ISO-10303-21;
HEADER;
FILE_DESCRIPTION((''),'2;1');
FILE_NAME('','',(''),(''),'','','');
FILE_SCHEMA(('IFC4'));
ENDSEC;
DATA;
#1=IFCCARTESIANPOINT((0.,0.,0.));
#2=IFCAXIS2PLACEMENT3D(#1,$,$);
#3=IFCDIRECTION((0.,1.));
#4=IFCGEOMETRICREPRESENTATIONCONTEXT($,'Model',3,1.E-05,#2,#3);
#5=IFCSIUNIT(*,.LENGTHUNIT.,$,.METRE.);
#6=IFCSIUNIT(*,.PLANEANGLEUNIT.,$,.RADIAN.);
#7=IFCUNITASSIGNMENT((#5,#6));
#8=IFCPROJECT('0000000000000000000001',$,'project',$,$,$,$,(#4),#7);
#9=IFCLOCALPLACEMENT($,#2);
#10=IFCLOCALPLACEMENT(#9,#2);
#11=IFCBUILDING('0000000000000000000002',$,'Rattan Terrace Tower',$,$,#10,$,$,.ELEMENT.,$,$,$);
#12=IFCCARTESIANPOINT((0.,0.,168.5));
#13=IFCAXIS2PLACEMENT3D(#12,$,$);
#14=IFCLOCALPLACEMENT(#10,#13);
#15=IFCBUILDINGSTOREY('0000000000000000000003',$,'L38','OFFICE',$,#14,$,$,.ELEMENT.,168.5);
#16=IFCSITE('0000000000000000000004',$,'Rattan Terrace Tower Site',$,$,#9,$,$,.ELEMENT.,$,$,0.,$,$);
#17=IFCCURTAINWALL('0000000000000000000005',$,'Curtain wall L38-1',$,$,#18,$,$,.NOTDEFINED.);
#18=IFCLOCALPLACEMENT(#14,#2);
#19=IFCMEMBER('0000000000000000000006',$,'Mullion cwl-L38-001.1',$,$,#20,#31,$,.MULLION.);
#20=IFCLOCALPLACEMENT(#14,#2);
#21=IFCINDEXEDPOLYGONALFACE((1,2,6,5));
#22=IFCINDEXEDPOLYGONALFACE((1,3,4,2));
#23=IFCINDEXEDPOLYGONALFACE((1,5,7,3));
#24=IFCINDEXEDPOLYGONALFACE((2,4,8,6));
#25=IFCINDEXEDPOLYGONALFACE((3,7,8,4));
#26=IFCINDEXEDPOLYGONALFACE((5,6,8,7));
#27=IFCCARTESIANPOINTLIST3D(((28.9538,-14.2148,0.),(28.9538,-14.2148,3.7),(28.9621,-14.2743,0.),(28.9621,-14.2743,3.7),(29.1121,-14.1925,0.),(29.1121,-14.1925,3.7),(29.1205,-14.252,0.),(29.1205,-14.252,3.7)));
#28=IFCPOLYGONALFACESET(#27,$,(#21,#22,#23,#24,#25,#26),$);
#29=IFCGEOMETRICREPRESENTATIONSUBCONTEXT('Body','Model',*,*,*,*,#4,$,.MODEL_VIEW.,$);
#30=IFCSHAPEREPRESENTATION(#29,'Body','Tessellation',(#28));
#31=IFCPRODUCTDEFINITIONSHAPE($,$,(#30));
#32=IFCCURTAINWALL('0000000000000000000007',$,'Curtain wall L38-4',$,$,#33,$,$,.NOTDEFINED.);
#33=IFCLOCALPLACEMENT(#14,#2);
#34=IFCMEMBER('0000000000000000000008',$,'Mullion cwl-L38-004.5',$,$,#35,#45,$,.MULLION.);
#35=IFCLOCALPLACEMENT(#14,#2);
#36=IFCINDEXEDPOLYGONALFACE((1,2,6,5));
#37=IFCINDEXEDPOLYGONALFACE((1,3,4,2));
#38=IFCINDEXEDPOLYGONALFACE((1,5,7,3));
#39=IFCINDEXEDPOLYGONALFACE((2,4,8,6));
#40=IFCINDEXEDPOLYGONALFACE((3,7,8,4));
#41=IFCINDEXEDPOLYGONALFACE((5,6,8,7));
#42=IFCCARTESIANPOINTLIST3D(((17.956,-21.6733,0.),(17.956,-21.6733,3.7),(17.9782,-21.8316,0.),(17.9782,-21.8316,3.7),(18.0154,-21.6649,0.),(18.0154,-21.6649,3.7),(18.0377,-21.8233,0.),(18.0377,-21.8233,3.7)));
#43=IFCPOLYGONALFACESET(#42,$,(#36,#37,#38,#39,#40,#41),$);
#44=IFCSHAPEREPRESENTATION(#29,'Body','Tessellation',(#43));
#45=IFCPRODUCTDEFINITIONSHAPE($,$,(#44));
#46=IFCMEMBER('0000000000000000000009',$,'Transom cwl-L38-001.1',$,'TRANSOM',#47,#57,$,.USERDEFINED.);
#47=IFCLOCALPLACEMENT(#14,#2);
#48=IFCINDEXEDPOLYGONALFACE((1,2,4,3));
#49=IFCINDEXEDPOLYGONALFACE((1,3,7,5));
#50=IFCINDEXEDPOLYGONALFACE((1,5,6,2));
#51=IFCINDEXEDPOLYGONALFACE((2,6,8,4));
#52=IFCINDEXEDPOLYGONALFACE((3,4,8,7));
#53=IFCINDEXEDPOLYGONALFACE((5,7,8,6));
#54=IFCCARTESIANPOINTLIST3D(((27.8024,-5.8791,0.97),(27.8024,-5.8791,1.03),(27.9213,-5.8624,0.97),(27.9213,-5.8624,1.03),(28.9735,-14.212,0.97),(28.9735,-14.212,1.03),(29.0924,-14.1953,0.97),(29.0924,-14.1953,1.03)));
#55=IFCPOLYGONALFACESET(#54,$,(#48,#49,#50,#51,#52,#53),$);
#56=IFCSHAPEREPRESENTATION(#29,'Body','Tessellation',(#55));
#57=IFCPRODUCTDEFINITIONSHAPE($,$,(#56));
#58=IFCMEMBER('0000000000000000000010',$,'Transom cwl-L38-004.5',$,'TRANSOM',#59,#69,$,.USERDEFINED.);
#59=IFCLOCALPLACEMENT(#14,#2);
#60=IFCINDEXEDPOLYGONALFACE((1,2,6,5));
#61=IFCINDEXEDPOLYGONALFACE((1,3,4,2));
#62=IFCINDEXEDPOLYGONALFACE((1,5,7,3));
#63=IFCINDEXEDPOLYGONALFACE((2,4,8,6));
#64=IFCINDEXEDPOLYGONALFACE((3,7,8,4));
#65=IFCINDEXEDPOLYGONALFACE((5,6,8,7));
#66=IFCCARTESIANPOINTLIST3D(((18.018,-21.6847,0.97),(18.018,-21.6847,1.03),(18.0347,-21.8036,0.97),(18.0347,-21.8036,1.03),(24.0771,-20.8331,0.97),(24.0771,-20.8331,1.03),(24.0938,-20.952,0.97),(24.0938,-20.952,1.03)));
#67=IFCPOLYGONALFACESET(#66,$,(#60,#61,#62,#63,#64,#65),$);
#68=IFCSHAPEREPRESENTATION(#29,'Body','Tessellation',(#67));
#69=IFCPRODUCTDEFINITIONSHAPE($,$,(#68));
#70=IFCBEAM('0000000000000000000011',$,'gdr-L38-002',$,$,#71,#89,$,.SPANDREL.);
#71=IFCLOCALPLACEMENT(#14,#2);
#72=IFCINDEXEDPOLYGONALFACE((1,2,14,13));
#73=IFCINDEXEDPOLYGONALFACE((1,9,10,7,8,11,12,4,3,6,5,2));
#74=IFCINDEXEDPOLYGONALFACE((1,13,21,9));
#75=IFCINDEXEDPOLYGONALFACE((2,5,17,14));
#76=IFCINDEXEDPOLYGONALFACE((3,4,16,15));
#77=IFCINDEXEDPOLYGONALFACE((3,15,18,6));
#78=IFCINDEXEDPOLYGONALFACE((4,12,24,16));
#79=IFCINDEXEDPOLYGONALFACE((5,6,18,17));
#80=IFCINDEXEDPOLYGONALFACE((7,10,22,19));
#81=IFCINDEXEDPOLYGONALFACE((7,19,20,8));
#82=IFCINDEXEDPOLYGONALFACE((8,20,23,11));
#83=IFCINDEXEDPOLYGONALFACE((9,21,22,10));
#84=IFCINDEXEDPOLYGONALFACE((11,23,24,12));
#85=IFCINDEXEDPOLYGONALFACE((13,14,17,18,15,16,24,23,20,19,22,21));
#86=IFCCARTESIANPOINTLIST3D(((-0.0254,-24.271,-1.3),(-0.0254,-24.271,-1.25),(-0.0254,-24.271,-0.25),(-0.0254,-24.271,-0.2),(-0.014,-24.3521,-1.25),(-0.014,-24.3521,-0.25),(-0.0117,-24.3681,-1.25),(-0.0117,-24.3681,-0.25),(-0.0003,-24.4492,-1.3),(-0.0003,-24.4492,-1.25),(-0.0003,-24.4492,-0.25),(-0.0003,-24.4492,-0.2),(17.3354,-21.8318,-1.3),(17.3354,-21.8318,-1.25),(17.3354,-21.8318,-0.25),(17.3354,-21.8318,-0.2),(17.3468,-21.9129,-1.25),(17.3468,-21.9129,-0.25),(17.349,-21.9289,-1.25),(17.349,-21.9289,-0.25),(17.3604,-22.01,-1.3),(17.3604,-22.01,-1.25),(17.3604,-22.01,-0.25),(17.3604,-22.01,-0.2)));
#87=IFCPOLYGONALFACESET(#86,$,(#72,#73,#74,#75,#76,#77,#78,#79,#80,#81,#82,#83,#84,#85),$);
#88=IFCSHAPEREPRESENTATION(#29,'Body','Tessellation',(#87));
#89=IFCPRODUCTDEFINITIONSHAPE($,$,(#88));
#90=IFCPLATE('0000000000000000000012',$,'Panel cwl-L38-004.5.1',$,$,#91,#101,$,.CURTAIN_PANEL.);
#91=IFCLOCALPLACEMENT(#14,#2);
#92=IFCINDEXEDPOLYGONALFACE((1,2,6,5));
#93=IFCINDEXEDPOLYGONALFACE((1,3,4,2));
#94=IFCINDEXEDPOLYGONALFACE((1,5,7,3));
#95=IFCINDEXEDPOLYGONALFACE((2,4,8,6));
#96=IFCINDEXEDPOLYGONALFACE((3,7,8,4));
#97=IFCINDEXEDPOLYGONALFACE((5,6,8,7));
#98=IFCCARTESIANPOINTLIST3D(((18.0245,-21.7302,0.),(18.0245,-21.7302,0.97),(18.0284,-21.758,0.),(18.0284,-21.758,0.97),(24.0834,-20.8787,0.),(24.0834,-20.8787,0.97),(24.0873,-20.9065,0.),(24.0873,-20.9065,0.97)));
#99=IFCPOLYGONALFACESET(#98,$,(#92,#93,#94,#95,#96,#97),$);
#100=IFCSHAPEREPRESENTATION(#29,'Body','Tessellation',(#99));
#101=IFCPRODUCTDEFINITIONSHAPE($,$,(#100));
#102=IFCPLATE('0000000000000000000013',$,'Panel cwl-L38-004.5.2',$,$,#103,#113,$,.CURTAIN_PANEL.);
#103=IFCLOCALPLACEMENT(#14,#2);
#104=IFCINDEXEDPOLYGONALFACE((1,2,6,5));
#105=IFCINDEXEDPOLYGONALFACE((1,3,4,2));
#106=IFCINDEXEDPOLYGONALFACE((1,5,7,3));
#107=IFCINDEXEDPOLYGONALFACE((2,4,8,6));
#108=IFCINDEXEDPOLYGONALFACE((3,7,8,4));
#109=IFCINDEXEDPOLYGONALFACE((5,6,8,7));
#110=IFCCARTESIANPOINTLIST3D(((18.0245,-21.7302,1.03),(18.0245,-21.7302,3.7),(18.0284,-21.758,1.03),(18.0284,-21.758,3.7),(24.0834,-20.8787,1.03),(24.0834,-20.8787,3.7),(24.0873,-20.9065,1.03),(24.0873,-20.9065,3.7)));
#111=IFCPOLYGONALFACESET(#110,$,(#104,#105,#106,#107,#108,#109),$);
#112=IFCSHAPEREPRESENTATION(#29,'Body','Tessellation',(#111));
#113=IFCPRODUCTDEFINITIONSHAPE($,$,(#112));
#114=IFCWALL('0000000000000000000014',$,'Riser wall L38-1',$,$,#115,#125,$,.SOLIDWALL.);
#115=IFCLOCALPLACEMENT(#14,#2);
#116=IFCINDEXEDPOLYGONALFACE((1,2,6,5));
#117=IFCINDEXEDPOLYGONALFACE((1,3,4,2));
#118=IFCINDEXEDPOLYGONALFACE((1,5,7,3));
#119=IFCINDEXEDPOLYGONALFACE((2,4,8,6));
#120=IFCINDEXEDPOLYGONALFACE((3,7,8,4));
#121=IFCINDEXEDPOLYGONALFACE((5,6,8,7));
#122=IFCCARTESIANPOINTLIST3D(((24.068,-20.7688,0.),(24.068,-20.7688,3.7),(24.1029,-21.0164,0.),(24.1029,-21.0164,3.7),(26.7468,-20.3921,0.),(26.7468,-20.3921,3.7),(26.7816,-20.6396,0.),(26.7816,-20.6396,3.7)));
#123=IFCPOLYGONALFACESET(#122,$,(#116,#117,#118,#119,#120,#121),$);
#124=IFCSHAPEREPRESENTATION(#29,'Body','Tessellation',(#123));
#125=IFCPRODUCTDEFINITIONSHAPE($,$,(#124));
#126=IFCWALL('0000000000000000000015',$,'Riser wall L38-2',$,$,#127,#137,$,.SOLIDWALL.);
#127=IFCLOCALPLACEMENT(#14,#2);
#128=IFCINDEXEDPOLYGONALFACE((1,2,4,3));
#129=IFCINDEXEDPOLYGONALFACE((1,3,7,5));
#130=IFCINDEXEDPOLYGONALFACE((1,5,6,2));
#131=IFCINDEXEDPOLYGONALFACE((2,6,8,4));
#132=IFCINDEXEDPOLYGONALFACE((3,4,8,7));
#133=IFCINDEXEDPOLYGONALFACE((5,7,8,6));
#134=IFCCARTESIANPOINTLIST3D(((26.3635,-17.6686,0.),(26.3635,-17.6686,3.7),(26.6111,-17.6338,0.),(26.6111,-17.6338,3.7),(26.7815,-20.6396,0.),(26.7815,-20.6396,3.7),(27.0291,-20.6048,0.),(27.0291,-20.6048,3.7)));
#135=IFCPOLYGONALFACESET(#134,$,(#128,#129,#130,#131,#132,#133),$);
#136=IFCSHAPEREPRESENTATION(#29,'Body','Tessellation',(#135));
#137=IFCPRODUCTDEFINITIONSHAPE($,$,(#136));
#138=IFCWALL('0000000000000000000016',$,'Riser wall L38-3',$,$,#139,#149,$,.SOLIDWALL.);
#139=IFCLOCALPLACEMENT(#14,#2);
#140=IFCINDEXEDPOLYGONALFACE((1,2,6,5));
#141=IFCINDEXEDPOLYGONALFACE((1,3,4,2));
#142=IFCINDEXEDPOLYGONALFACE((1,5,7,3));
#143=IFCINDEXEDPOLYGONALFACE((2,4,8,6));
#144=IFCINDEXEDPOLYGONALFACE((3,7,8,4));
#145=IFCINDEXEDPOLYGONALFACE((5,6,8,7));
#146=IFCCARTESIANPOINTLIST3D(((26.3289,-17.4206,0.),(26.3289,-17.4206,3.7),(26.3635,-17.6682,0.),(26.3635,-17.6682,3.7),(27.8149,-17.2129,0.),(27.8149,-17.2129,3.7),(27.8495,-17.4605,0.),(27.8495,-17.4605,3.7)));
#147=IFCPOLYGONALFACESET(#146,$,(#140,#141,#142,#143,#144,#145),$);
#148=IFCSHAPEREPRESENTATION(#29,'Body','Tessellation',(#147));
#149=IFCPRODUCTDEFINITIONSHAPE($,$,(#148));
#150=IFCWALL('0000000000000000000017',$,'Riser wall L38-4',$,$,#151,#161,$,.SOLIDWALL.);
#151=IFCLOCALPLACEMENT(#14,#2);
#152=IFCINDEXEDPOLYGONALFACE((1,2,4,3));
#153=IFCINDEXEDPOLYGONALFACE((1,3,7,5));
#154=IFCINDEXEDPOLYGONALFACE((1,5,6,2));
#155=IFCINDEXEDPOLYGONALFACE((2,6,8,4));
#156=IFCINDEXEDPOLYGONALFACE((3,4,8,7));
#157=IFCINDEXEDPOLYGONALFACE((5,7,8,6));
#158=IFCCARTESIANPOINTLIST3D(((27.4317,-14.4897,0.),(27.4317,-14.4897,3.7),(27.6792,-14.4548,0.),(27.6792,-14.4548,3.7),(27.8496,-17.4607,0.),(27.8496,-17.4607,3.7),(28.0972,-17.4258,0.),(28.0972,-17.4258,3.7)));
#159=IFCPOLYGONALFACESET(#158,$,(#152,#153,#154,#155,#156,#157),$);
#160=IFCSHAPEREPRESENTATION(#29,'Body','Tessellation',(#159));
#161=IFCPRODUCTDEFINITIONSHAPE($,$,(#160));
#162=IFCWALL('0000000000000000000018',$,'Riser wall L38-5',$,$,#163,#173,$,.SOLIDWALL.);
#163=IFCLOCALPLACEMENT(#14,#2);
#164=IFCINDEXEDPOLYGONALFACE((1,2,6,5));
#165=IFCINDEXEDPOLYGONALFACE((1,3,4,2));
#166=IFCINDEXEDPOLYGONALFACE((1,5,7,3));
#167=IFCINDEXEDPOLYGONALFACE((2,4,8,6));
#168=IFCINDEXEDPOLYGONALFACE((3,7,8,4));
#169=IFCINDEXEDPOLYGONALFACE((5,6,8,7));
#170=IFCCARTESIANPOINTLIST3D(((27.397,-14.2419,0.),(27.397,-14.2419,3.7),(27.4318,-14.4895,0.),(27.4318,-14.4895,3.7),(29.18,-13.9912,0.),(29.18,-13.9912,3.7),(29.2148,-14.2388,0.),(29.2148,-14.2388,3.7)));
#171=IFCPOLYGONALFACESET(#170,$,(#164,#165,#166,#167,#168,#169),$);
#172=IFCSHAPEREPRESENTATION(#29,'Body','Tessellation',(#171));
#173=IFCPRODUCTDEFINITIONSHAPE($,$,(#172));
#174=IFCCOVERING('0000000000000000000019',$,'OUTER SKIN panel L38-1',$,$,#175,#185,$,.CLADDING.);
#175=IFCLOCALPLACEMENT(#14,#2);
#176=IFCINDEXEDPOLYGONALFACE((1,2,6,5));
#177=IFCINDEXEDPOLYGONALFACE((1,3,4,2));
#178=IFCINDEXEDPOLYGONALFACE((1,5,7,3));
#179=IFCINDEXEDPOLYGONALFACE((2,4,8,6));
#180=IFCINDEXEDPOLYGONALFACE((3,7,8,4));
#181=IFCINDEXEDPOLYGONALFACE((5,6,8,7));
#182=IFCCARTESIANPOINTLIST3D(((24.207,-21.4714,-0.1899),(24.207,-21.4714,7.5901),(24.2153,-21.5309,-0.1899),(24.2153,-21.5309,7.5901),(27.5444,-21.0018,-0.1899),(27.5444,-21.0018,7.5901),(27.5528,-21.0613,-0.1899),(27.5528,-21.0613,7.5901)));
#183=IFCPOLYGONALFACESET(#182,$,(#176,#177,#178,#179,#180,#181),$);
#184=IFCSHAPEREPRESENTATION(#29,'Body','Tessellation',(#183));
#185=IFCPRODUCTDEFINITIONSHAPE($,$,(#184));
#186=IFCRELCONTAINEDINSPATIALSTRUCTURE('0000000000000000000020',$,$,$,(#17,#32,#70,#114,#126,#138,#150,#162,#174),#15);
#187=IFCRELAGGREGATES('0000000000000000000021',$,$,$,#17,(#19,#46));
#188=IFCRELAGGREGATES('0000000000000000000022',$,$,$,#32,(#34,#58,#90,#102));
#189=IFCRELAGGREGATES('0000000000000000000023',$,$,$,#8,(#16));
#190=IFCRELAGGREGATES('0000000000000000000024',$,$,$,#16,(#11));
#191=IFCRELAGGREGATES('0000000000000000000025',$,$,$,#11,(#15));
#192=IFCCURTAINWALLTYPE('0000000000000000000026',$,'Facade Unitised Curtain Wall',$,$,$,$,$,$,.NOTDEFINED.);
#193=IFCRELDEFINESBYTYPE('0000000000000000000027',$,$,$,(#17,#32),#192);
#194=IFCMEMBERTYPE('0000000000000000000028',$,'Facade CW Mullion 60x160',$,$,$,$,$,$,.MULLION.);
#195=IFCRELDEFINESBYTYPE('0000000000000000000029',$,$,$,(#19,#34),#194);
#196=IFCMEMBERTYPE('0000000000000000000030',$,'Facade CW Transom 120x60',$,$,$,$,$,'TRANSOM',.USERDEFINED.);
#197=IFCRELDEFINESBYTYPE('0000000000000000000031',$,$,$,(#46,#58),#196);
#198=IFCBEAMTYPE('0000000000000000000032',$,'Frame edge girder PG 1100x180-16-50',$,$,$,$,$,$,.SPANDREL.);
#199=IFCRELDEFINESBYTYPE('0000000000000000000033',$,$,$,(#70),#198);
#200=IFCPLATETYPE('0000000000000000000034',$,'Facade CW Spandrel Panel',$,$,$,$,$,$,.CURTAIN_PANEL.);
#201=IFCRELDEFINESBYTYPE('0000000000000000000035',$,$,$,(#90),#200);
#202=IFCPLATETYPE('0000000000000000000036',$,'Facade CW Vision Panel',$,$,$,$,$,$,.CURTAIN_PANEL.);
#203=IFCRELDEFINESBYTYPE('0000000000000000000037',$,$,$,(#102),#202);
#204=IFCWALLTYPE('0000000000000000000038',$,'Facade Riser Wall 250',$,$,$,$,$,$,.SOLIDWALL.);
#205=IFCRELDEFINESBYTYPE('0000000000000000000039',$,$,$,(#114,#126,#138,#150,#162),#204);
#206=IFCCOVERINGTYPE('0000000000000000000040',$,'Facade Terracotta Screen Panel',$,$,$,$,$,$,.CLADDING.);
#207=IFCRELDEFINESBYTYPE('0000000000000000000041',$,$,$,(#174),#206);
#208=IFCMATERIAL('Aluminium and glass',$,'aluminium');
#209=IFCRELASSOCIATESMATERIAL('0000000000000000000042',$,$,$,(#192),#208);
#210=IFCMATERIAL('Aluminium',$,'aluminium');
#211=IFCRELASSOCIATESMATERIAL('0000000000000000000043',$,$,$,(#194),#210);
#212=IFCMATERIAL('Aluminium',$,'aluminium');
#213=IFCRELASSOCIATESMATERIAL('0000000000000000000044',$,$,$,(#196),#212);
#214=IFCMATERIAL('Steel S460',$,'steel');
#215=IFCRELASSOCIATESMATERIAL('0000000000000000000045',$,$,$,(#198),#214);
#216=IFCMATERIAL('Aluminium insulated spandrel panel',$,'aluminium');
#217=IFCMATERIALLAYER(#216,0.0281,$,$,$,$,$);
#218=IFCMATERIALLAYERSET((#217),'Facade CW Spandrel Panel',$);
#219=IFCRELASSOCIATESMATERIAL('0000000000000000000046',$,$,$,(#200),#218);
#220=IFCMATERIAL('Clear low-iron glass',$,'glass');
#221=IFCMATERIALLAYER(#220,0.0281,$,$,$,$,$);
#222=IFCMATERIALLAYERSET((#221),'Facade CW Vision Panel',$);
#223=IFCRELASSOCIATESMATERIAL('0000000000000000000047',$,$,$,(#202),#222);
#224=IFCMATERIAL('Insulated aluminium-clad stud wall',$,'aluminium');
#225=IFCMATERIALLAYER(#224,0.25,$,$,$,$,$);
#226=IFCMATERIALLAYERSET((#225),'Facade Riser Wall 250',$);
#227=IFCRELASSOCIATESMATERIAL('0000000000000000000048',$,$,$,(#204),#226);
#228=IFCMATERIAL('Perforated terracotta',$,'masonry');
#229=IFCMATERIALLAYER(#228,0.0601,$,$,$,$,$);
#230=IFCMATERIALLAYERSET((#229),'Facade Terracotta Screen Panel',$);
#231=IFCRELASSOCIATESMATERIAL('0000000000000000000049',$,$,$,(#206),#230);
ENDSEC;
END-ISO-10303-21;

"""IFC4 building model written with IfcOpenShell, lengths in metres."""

from ifc_helpers import new_model, si_unit, direction, frame, frame_2d, origin, origin_2d, place, context, subcontext, project, spatial, rectangle, i_section, extrude, material, layer, layer_set, material_profile, profile_set, type_object, element, aggregate, save


model = new_model("IFC4")

# Units and contexts
model_context = context("Model", 3, precision=1e-05, world=origin(), true_north=direction((0.0, 1.0)))
body_context = subcontext(model_context, "Body", "Model", "MODEL_VIEW")
ifc_project = project(units=[si_unit("LENGTHUNIT", "METRE"), si_unit("PLANEANGLEUNIT", "RADIAN")], contexts=[model_context])

# Site, building, storey
site_placement = place(None, origin())
site = spatial("IfcSite", under=ifc_project, at=site_placement, Name="Rattan Terrace Tower Site", CompositionType="ELEMENT", RefElevation=0.0)
building_placement = place(site_placement, origin())
building = spatial("IfcBuilding", under=site, at=building_placement, Name="Rattan Terrace Tower", CompositionType="ELEMENT")
storey_placement = place(building_placement, frame((0.0, 0.0, 168.5)))
storey = spatial("IfcBuildingStorey", under=building, at=storey_placement, Name="L38", Description="OFFICE", CompositionType="ELEMENT", Elevation=168.5)

# Curtain walls, members
ifc_material_1 = material(Name="Aluminium and glass", Category="aluminium")
curtain_wall_type = type_object("IfcCurtainWallType", Name="Facade Unitised Curtain Wall", PredefinedType="NOTDEFINED", material=ifc_material_1)
curtain_wall_1_placement = place(storey_placement, origin())
curtain_wall_1 = element("IfcCurtainWall", 1, at=curtain_wall_1_placement, inside=storey, type_object=curtain_wall_type, Name="Curtain wall L38-1", PredefinedType="NOTDEFINED")
ifc_material_2 = material(Name="Aluminium", Category="aluminium")
ifc_material_profile_1 = material_profile(ifc_material_2, rectangle(XDim=0.0601, YDim=0.1599, at=origin_2d()), Name="Aluminium 60x160")
ifc_profile_set_1 = profile_set([ifc_material_profile_1], Name="Aluminium")
member_type_1 = type_object("IfcMemberType", Name="Facade CW Mullion 60x160", PredefinedType="MULLION", material=ifc_profile_set_1)
member_1_placement = place(storey_placement, frame((29.0371, -14.2334, 0.0), z_axis=(0.0, 0.0, 1.0), x_axis=(-0.139191, 0.990266, 0.0)))
member_1 = element("IfcMember", 2, at=member_1_placement, type_object=member_type_1, Name="Mullion cwl-L38-001.1", PredefinedType="MULLION", context=body_context, shape_type="SweptSolid", body=[
    extrude(rectangle(XDim=0.0601, YDim=0.1599, at=origin_2d()), origin(), (0.0, 0.0, 1.0), 3.7),
])
curtain_wall_2_placement = place(storey_placement, origin())
curtain_wall_2 = element("IfcCurtainWall", 3, at=curtain_wall_2_placement, inside=storey, type_object=curtain_wall_type, Name="Curtain wall L38-4", PredefinedType="NOTDEFINED")
member_2_placement = place(storey_placement, frame((17.9968, -21.7483, 0.0), z_axis=(0.0, 0.0, 1.0), x_axis=(0.99027, 0.139161, 0.0)))
member_2 = element("IfcMember", 4, at=member_2_placement, type_object=member_type_1, Name="Mullion cwl-L38-004.5", PredefinedType="MULLION", context=body_context, shape_type="SweptSolid", body=[
    extrude(rectangle(XDim=0.0601, YDim=0.1599, at=origin_2d()), origin(), (0.0, 0.0, 1.0), 3.7),
])

# Members
ifc_material_3 = material(Name="Aluminium", Category="aluminium")
ifc_material_profile_2 = material_profile(ifc_material_3, rectangle(XDim=0.1201, YDim=0.0601, at=origin_2d()), Name="Aluminium 120x60")
ifc_profile_set_2 = profile_set([ifc_material_profile_2], Name="Aluminium")
member_type_2 = type_object("IfcMemberType", Name="Facade CW Transom 120x60", ElementType="TRANSOM", PredefinedType="USERDEFINED", material=ifc_profile_set_2)
member_3_placement = place(storey_placement, frame((29.033, -14.2036, 1.0), z_axis=(-0.139175, 0.990268, 0.0), x_axis=(-0.990268, -0.139175, 0.0)))
member_3 = element("IfcMember", 5, at=member_3_placement, type_object=member_type_2, Name="Transom cwl-L38-001.1", ObjectType="TRANSOM", PredefinedType="USERDEFINED", context=body_context, shape_type="SweptSolid", body=[
    extrude(rectangle(XDim=0.1201, YDim=0.0601, at=origin_2d()), origin(), (0.0, 0.0, 1.0), 8.4148),
])
aggregate(curtain_wall_1, [member_1, member_3])
member_4_placement = place(storey_placement, frame((18.0264, -21.7441, 1.0), z_axis=(0.990268, 0.139175, 0.0), x_axis=(-0.139175, 0.990268, 0.0)))
member_4 = element("IfcMember", 6, at=member_4_placement, type_object=member_type_2, Name="Transom cwl-L38-004.5", ObjectType="TRANSOM", PredefinedType="USERDEFINED", context=body_context, shape_type="SweptSolid", body=[
    extrude(rectangle(XDim=0.1201, YDim=0.0601, at=origin_2d()), origin(), (0.0, 0.0, 1.0), 6.1187),
])

# Beam
ifc_material_4 = material(Name="Steel S460", Category="steel")
ifc_material_profile_3 = material_profile(ifc_material_4, i_section(OverallWidth=0.1799, OverallDepth=1.1001, WebThickness=0.0161, FlangeThickness=0.05, at=origin_2d()), Name="PG 1100x180-16-50")
ifc_profile_set_3 = profile_set([ifc_material_profile_3], Name="Steel S460")
beam_type = type_object("IfcBeamType", Name="Frame edge girder PG 1100x180-16-50", PredefinedType="SPANDREL", material=ifc_profile_set_3)
beam_placement = place(storey_placement, frame((17.3479, -21.9209, -0.75), z_axis=(-0.990274, -0.139134, 0.0), x_axis=(0.139134, -0.990274, 0.0)))
element("IfcBeam", 7, at=beam_placement, inside=storey, type_object=beam_type, Name="gdr-L38-002", PredefinedType="SPANDREL", context=body_context, shape_type="SweptSolid", body=[
    extrude(i_section(OverallWidth=0.1799, OverallDepth=1.1001, WebThickness=0.0161, FlangeThickness=0.05, at=origin_2d()), origin(), (0.0, 0.0, 1.0), 17.5312),
])

# Plates
ifc_material_5 = material(Name="Aluminium insulated spandrel panel", Category="aluminium")
ifc_layer_1 = layer(ifc_material_5, 0.0281)
ifc_layer_set_1 = layer_set([ifc_layer_1], Name="Facade CW Spandrel Panel")
plate_type_1 = type_object("IfcPlateType", Name="Facade CW Spandrel Panel", PredefinedType="CURTAIN_PANEL", material=ifc_layer_set_1)
plate_1_placement = place(storey_placement, frame((21.0559, -21.3184, 0.0), z_axis=(0.0, 0.0, 1.0), x_axis=(0.99027, 0.139161, 0.0)))
plate_1 = element("IfcPlate", 8, at=plate_1_placement, type_object=plate_type_1, Name="Panel cwl-L38-004.5.1", PredefinedType="CURTAIN_PANEL", context=body_context, shape_type="SweptSolid", body=[
    extrude(rectangle(XDim=6.1184, YDim=0.0281, at=origin_2d()), origin(), (0.0, 0.0, 1.0), 0.97),
])
ifc_material_6 = material(Name="Clear low-iron glass", Category="glass")
ifc_layer_2 = layer(ifc_material_6, 0.0281)
ifc_layer_set_2 = layer_set([ifc_layer_2], Name="Facade CW Vision Panel")
plate_type_2 = type_object("IfcPlateType", Name="Facade CW Vision Panel", PredefinedType="CURTAIN_PANEL", material=ifc_layer_set_2)
plate_2_placement = place(storey_placement, frame((21.0559, -21.3184, 1.03), z_axis=(0.0, 0.0, 1.0), x_axis=(0.99027, 0.139161, 0.0)))
plate_2 = element("IfcPlate", 9, at=plate_2_placement, type_object=plate_type_2, Name="Panel cwl-L38-004.5.2", PredefinedType="CURTAIN_PANEL", context=body_context, shape_type="SweptSolid", body=[
    extrude(rectangle(XDim=6.1184, YDim=0.0281, at=origin_2d()), origin(), (0.0, 0.0, 1.0), 2.6699),
])
aggregate(curtain_wall_2, [member_2, member_4, plate_1, plate_2])

# Walls
ifc_material_7 = material(Name="Insulated aluminium-clad stud wall", Category="aluminium")
ifc_layer_3 = layer(ifc_material_7, 0.25)
ifc_layer_set_3 = layer_set([ifc_layer_3], Name="Facade Riser Wall 250")
wall_type = type_object("IfcWallType", Name="Facade Riser Wall 250", PredefinedType="SOLIDWALL", material=ifc_layer_set_3)
wall_1_placement = place(storey_placement, frame((24.0854, -20.8926, 0.0), z_axis=(0.0, 0.0, 1.0), x_axis=(0.990256, 0.13926, 0.0)))
element("IfcWall", 10, at=wall_1_placement, inside=storey, type_object=wall_type, Name="Riser wall L38-1", PredefinedType="SOLIDWALL", context=body_context, shape_type="SweptSolid", body=[
    extrude(rectangle(XDim=2.7051, YDim=0.25, at=frame_2d((1.3525, 0.0))), origin(), (0.0, 0.0, 1.0), 3.7),
])
wall_2_placement = place(storey_placement, frame((26.9053, -20.6221, 0.0), z_axis=(0.0, 0.0, 1.0), x_axis=(-0.139313, 0.990248, 0.0)))
element("IfcWall", 11, at=wall_2_placement, inside=storey, type_object=wall_type, Name="Riser wall L38-2", PredefinedType="SOLIDWALL", context=body_context, shape_type="SweptSolid", body=[
    extrude(rectangle(XDim=3.0002, YDim=0.25, at=frame_2d((1.5, 0.0))), origin(), (0.0, 0.0, 1.0), 3.7),
])
wall_3_placement = place(storey_placement, frame((26.3462, -17.5444, 0.0), z_axis=(0.0, 0.0, 1.0), x_axis=(0.990368, 0.13846, 0.0)))
element("IfcWall", 12, at=wall_3_placement, inside=storey, type_object=wall_type, Name="Riser wall L38-3", PredefinedType="SOLIDWALL", context=body_context, shape_type="SweptSolid", body=[
    extrude(rectangle(XDim=1.5005, YDim=0.25, at=frame_2d((0.7502, 0.0))), origin(), (0.0, 0.0, 1.0), 3.7),
])
wall_4_placement = place(storey_placement, frame((27.9734, -17.4431, 0.0), z_axis=(0.0, 0.0, 1.0), x_axis=(-0.139313, 0.990248, 0.0)))
element("IfcWall", 13, at=wall_4_placement, inside=storey, type_object=wall_type, Name="Riser wall L38-4", PredefinedType="SOLIDWALL", context=body_context, shape_type="SweptSolid", body=[
    extrude(rectangle(XDim=3.0002, YDim=0.25, at=frame_2d((1.5, 0.0))), origin(), (0.0, 0.0, 1.0), 3.7),
])
wall_5_placement = place(storey_placement, frame((27.4143, -14.3657, 0.0), z_axis=(0.0, 0.0, 1.0), x_axis=(0.990256, 0.139257, 0.0)))
element("IfcWall", 14, at=wall_5_placement, inside=storey, type_object=wall_type, Name="Riser wall L38-5", PredefinedType="SOLIDWALL", context=body_context, shape_type="SweptSolid", body=[
    extrude(rectangle(XDim=1.8005, YDim=0.25, at=frame_2d((0.9004, 0.0))), origin(), (0.0, 0.0, 1.0), 3.7),
])

# Covering
ifc_material_8 = material(Name="Perforated terracotta", Category="masonry")
ifc_layer_4 = layer(ifc_material_8, 0.0601)
ifc_layer_set_4 = layer_set([ifc_layer_4], Name="Facade Terracotta Screen Panel")
covering_type = type_object("IfcCoveringType", Name="Facade Terracotta Screen Panel", PredefinedType="CLADDING", material=ifc_layer_set_4)
covering_1_placement = place(storey_placement, frame((25.8799, -21.2664, -0.1899), z_axis=(0.0, 0.0, 1.0), x_axis=(0.990247, 0.139321, 0.0)))
element("IfcCovering", 15, at=covering_1_placement, inside=storey, type_object=covering_type, Name="OUTER SKIN panel L38-1", PredefinedType="CLADDING", context=body_context, shape_type="SweptSolid", body=[
    extrude(rectangle(XDim=3.3704, YDim=0.0601, at=origin_2d()), origin(), (0.0, 0.0, 1.0), 7.78),
])

save(model, "model.ifc")
